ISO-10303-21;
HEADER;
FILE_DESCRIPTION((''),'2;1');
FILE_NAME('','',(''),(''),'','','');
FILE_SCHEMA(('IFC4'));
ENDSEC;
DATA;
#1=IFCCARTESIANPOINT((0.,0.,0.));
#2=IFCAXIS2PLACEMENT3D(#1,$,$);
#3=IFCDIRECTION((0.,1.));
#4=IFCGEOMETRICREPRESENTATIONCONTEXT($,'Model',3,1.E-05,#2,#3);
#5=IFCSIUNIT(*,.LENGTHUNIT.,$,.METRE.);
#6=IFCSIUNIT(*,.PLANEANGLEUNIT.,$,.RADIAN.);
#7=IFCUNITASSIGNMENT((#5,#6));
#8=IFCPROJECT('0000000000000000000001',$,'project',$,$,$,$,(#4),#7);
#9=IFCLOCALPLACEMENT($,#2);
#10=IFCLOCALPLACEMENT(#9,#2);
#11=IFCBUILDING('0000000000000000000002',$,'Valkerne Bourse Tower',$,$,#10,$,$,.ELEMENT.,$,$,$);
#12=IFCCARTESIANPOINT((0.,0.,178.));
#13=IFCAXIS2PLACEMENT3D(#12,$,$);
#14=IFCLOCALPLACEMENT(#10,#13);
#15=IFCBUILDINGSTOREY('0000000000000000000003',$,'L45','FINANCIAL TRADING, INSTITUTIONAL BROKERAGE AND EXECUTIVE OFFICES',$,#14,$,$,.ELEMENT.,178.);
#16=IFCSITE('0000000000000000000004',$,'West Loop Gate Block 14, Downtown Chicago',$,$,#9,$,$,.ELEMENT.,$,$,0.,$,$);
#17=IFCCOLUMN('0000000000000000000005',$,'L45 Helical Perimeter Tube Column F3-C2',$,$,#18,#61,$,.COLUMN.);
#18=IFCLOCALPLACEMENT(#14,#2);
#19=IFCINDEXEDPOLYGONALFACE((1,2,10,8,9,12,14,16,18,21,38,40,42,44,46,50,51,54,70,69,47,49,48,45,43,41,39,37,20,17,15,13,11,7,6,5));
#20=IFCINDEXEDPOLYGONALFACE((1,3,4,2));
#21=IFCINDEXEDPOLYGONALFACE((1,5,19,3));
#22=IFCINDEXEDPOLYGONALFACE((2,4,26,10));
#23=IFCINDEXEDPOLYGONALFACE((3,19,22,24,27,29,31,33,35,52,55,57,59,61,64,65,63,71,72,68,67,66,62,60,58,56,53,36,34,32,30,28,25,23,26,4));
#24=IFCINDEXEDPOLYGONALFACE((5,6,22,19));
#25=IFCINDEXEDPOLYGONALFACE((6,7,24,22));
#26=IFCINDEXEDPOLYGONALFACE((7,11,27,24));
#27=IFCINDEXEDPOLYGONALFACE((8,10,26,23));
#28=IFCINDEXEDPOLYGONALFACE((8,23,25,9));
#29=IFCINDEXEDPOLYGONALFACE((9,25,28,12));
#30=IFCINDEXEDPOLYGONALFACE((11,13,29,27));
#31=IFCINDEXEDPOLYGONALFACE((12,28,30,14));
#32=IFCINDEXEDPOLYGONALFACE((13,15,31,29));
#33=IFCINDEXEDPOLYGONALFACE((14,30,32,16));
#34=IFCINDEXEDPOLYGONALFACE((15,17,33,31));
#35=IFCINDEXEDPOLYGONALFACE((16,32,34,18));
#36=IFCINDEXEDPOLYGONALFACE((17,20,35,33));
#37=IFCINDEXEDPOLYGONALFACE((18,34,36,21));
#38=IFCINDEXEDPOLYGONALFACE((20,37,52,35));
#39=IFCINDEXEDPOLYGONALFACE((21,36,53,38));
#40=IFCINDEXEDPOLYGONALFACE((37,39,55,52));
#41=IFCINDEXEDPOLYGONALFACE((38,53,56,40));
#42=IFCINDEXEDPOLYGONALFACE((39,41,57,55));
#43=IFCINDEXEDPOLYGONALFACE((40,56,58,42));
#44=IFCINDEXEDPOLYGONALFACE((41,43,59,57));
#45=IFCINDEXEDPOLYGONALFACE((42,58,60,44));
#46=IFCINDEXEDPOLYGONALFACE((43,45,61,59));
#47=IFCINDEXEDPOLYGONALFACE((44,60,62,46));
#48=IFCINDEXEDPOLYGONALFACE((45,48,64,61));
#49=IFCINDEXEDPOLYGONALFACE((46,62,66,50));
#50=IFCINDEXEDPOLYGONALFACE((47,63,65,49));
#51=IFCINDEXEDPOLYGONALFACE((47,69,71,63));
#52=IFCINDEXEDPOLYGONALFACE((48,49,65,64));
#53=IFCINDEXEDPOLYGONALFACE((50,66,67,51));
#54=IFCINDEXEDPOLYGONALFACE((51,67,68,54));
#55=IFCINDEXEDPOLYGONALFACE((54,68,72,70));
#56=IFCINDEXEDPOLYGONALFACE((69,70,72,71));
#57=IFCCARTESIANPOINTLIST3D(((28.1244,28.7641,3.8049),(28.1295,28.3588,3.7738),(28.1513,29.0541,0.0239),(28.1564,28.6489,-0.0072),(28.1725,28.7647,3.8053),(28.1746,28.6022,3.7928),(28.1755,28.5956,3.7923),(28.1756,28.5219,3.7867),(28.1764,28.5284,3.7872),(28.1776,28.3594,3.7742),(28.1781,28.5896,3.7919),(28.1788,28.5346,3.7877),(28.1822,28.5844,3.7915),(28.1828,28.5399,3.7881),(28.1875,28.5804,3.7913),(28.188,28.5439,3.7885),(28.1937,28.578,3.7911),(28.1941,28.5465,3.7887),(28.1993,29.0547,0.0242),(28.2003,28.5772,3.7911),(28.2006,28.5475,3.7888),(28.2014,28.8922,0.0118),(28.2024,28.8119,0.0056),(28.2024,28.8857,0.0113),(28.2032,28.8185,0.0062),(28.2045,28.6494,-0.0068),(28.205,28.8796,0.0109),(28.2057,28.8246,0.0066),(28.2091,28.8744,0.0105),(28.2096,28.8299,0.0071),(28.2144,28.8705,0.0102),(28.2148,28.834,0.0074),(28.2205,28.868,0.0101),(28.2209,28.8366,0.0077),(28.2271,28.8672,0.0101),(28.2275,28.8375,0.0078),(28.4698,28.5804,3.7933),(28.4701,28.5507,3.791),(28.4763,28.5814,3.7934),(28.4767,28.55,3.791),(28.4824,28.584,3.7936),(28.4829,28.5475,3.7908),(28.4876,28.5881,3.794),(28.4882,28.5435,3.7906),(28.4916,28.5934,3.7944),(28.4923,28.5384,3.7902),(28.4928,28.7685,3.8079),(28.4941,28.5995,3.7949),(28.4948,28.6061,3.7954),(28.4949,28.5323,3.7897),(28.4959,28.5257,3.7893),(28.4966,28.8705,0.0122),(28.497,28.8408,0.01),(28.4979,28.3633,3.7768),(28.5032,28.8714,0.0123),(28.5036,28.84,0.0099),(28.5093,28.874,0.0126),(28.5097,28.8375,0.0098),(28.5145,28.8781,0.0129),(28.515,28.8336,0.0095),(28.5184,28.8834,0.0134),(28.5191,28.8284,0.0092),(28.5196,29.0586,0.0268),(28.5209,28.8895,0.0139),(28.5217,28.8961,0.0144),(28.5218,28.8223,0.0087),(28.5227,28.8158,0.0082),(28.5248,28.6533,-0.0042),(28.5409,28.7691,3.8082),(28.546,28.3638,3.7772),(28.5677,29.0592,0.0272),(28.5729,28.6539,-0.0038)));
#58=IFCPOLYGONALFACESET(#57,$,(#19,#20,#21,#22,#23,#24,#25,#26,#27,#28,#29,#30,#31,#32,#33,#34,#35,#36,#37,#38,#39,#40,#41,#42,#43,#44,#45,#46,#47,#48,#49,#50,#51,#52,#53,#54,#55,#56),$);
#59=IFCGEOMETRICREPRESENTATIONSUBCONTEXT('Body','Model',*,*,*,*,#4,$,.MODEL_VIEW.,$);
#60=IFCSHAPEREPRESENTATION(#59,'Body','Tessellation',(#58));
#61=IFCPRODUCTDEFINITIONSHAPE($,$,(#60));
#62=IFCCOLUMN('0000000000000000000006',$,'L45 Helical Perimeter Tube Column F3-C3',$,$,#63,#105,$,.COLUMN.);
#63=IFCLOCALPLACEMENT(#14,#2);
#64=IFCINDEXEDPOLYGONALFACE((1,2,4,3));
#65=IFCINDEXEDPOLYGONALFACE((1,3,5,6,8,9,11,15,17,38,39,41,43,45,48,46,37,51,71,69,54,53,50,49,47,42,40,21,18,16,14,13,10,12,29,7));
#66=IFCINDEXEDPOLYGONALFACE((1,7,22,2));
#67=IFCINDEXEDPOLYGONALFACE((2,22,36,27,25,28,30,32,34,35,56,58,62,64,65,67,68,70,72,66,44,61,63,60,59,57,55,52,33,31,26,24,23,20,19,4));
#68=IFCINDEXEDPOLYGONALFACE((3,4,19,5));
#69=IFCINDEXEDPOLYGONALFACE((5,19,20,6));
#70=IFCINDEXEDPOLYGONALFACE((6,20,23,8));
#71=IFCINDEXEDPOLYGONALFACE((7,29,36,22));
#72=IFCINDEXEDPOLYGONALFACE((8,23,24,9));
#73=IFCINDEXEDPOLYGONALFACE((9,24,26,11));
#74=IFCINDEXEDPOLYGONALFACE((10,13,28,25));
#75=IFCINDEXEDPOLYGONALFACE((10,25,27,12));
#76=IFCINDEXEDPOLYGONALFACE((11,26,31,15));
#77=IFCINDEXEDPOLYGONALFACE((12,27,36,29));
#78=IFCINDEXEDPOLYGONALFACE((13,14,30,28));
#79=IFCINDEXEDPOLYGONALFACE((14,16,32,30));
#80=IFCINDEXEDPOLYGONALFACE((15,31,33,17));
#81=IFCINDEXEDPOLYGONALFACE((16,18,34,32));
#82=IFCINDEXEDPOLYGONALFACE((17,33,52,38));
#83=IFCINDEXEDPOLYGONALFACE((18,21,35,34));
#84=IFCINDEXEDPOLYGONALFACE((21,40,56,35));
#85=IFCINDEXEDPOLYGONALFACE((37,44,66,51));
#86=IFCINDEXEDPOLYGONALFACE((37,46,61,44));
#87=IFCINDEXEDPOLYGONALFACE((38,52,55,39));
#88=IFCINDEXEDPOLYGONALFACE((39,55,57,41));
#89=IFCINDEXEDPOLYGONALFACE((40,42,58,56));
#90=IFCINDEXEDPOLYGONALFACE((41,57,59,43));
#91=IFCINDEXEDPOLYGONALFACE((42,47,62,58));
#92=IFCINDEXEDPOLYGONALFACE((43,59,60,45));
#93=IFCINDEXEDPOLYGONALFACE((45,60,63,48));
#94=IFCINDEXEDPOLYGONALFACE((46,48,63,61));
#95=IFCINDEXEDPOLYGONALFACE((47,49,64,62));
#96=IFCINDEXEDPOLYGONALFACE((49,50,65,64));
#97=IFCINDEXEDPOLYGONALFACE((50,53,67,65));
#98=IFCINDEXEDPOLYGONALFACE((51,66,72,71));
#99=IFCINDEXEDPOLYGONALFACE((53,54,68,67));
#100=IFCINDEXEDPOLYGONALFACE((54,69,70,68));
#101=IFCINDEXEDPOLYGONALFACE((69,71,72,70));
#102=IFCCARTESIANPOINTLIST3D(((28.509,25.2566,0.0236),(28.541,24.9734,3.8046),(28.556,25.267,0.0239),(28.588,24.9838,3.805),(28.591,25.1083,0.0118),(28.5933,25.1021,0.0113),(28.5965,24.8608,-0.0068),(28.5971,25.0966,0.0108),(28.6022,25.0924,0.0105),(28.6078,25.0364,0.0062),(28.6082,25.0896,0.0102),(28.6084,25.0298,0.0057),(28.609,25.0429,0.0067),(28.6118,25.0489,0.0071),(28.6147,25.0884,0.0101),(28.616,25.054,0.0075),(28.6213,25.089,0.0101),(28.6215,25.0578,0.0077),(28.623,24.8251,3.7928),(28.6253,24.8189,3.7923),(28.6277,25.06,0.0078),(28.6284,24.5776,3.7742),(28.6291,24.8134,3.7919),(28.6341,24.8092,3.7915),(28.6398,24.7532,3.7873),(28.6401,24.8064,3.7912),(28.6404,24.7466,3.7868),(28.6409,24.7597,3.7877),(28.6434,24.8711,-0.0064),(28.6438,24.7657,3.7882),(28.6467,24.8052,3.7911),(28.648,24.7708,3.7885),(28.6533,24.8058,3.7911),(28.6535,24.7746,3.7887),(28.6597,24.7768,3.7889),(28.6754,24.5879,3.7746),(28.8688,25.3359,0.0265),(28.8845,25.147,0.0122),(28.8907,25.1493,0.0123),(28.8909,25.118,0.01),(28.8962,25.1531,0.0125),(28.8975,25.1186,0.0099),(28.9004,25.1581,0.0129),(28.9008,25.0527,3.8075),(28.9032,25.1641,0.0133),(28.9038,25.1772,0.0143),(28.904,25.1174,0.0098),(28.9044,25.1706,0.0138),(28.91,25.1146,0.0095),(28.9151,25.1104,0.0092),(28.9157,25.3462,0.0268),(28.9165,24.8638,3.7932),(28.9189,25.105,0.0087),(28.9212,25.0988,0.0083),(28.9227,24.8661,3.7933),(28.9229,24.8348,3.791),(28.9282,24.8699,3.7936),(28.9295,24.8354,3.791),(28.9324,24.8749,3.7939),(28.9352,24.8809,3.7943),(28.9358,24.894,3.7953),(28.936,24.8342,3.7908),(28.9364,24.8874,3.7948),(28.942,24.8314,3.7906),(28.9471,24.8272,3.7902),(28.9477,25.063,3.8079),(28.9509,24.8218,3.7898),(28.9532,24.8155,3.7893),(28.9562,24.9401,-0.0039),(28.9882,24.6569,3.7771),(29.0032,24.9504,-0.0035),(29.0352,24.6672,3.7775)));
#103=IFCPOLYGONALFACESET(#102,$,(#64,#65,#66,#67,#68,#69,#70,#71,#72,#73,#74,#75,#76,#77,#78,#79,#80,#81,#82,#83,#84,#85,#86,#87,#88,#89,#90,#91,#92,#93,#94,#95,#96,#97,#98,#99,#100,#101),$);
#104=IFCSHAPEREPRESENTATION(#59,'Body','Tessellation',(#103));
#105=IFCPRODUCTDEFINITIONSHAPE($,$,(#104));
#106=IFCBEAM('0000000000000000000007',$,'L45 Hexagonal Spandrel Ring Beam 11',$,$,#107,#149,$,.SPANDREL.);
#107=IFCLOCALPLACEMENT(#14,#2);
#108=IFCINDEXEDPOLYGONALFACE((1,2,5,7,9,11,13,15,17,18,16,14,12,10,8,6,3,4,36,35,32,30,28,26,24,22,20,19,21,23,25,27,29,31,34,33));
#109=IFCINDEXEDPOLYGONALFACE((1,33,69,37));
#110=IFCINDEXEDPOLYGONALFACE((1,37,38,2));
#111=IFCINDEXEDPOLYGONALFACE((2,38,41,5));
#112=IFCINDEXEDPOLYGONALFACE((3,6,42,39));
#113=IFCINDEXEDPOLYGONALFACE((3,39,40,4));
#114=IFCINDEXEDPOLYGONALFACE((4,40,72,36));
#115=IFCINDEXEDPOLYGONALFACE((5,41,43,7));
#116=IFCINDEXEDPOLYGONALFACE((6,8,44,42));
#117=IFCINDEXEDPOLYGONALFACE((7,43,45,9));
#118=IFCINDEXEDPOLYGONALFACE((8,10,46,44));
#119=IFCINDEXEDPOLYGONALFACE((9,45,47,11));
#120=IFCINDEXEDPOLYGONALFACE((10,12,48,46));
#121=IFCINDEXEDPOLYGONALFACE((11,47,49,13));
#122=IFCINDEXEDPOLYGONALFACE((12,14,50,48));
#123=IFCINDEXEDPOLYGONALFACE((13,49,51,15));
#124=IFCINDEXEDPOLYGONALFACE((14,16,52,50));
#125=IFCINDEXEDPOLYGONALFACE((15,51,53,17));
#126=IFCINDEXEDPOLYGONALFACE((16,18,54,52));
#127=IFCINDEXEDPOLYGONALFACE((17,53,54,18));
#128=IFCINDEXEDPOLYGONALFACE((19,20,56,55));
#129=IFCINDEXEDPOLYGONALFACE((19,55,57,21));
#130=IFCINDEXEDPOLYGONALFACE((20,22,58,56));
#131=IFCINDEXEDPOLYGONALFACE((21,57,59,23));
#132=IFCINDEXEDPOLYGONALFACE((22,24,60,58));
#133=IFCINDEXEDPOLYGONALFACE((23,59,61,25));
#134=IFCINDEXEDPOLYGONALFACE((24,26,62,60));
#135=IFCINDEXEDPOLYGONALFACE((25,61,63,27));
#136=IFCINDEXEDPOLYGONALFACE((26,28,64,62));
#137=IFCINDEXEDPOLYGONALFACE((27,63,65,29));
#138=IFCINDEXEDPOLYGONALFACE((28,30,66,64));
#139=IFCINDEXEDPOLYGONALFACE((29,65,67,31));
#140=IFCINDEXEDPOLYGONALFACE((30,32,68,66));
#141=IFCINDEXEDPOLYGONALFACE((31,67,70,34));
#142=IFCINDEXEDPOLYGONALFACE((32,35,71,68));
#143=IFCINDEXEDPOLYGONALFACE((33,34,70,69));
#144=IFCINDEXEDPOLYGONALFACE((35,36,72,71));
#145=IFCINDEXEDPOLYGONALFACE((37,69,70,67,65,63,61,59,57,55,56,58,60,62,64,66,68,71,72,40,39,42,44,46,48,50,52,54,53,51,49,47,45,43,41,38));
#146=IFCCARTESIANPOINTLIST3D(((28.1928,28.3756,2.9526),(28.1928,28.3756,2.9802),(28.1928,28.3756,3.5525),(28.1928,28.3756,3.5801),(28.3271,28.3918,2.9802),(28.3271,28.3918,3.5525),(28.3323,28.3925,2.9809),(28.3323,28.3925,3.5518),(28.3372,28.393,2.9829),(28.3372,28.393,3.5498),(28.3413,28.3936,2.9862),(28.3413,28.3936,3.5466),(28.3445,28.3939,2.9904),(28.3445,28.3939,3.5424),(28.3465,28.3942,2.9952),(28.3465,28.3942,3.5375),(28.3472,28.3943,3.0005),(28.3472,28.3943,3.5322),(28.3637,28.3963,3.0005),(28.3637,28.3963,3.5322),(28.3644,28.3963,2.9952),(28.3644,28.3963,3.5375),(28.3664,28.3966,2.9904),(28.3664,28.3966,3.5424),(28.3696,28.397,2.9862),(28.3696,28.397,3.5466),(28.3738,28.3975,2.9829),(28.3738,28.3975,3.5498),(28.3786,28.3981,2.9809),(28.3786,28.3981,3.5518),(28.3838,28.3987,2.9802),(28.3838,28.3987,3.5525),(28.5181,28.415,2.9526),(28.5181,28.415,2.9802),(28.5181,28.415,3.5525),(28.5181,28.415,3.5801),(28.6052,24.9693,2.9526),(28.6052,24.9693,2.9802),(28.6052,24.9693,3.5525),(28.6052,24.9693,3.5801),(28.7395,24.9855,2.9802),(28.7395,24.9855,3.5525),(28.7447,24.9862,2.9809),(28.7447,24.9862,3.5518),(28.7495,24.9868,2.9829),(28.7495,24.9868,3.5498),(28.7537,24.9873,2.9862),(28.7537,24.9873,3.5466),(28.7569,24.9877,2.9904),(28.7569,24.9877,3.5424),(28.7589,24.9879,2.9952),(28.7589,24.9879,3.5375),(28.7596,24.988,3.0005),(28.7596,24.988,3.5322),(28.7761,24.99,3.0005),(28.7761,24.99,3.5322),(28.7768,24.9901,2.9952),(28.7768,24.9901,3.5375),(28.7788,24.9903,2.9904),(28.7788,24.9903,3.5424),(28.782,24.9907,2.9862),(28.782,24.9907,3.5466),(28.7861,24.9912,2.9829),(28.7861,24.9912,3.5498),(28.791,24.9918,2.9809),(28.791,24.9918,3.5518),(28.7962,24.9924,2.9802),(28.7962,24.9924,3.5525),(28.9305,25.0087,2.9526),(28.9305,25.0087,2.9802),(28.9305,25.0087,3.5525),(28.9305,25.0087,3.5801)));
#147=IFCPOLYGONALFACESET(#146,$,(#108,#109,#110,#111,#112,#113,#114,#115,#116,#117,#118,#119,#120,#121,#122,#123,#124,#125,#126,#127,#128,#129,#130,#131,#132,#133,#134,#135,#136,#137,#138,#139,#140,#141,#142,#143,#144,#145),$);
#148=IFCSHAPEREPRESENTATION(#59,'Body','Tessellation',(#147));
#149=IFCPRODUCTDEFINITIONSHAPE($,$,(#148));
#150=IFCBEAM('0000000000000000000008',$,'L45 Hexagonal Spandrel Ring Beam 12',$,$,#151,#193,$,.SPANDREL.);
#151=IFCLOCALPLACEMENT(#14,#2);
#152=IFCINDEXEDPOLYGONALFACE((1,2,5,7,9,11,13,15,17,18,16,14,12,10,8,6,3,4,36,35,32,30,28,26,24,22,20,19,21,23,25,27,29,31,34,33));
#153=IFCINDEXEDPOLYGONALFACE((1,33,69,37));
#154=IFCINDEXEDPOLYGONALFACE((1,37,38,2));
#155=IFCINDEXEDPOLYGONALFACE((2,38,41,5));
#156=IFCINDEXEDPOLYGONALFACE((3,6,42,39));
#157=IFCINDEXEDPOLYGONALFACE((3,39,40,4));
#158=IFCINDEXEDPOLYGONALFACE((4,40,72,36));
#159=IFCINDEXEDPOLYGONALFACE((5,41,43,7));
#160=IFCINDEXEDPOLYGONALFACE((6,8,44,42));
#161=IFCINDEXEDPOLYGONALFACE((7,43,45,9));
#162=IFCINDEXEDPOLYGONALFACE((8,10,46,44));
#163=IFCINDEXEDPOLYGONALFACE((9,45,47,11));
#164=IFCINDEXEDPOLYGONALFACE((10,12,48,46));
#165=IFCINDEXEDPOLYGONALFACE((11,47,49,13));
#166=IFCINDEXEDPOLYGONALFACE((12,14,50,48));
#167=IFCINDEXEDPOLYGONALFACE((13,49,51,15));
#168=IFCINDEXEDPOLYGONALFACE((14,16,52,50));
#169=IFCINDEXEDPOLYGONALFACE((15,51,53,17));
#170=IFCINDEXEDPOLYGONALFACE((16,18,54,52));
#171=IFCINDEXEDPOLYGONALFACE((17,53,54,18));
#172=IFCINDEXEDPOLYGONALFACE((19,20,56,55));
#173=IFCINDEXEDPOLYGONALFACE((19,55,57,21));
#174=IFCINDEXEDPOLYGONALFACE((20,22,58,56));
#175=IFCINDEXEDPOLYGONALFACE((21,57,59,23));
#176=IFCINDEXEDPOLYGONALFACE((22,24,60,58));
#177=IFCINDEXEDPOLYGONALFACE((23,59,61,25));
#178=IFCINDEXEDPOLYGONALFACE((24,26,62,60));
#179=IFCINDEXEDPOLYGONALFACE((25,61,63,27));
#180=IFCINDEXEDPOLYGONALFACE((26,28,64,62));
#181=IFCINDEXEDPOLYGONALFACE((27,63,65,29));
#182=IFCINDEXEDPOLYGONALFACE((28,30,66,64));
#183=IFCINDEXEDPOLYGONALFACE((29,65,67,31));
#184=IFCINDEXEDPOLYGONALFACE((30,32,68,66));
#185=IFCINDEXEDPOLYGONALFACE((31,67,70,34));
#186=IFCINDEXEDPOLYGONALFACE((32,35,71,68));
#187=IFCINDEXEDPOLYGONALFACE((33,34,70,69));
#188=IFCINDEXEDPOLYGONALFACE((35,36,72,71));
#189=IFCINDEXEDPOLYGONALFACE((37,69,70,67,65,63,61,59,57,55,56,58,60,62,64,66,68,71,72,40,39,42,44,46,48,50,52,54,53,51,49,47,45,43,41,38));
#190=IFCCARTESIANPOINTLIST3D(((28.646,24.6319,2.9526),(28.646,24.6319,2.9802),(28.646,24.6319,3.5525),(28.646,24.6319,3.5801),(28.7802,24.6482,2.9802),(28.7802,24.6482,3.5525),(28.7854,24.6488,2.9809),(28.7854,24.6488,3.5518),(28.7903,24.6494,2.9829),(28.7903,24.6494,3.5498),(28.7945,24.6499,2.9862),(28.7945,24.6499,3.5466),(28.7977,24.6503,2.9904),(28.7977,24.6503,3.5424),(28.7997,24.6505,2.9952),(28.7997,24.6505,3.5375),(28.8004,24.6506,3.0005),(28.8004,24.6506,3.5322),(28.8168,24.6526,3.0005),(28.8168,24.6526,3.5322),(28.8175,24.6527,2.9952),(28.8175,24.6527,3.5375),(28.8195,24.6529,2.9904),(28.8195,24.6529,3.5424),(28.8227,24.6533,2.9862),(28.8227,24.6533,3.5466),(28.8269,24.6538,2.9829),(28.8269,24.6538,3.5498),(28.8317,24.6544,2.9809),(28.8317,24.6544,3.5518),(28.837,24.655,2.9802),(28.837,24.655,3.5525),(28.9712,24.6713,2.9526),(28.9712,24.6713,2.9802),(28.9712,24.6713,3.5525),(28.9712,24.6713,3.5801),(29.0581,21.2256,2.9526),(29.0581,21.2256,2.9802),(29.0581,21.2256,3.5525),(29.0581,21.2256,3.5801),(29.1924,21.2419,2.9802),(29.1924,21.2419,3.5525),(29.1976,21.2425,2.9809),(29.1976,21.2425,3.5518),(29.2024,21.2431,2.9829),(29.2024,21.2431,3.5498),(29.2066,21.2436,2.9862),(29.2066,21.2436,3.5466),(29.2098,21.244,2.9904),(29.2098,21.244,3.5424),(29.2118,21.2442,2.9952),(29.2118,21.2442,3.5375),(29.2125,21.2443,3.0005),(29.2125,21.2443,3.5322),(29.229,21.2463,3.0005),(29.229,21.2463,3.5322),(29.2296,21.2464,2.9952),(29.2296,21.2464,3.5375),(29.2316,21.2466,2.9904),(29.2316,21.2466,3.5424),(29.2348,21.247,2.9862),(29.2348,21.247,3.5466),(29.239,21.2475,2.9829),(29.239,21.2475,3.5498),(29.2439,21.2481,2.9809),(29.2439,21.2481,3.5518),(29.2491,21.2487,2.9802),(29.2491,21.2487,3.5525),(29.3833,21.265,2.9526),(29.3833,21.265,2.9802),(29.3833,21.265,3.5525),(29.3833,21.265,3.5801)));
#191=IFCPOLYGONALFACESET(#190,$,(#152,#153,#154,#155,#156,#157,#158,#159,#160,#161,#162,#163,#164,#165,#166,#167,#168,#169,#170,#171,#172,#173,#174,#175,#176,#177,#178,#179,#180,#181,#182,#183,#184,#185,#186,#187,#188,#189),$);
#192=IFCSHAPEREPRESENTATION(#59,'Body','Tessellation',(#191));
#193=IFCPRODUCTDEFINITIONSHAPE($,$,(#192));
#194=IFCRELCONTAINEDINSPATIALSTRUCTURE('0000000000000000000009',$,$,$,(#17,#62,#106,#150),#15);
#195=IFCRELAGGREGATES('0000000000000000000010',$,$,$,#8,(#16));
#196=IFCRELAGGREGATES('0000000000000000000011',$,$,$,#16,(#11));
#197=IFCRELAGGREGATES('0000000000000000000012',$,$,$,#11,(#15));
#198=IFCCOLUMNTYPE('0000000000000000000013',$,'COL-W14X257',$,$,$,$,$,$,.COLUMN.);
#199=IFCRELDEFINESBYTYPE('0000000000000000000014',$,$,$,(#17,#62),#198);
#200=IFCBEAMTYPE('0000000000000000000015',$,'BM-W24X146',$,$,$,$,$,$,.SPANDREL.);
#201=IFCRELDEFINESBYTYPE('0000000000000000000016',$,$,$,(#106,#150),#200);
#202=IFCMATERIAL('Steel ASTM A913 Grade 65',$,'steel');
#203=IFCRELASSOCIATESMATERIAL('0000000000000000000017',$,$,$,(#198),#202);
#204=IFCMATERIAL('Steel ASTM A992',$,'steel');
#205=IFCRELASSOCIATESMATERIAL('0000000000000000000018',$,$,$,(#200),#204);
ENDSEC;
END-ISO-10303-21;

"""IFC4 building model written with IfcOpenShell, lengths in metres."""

from ifc_helpers import new_model, si_unit, direction, frame, origin, origin_2d, place, context, subcontext, project, spatial, i_section, extrude, material, material_profile, profile_set, type_object, element, save


model = new_model("IFC4")

# Units and contexts
model_context = context("Model", 3, precision=1e-05, world=origin(), true_north=direction((0.0, 1.0)))
body_context = subcontext(model_context, "Body", "Model", "MODEL_VIEW")
ifc_project = project(units=[si_unit("LENGTHUNIT", "METRE"), si_unit("PLANEANGLEUNIT", "RADIAN")], contexts=[model_context])

# Site, building, storey
site_placement = place(None, origin())
site = spatial("IfcSite", under=ifc_project, at=site_placement, Name="West Loop Gate Block 14, Downtown Chicago", CompositionType="ELEMENT", RefElevation=0.0)
building_placement = place(site_placement, origin())
building = spatial("IfcBuilding", under=site, at=building_placement, Name="Valkerne Bourse Tower", CompositionType="ELEMENT")
storey_placement = place(building_placement, frame((0.0, 0.0, 178.0)))
storey = spatial("IfcBuildingStorey", under=building, at=storey_placement, Name="L45", Description="FINANCIAL TRADING, INSTITUTIONAL BROKERAGE AND EXECUTIVE OFFICES", CompositionType="ELEMENT", Elevation=178.0)

# Columns
ifc_material_1 = material(Name="Steel ASTM A913 Grade 65", Category="steel")
ifc_material_profile_1 = material_profile(ifc_material_1, i_section(OverallWidth=0.4065, OverallDepth=0.4165, WebThickness=0.0298, FlangeThickness=0.0481, FilletRadius=0.0254, at=origin_2d()), Name="W14X257")
ifc_profile_set_1 = profile_set([ifc_material_profile_1], Name="Steel ASTM A913 Grade 65")
column_type = type_object("IfcColumnType", Name="COL-W14X257", PredefinedType="COLUMN", material=ifc_profile_set_1)
column_1_placement = place(storey_placement, frame((28.3621, 28.854, 0.01), z_axis=(-0.007082, -0.076483, 0.997046), x_axis=(0.012661, -0.996998, -0.076389)))
element("IfcColumn", 1, at=column_1_placement, inside=storey, type_object=column_type, Name="L45 Helical Perimeter Tube Column F3-C2", PredefinedType="COLUMN", context=body_context, shape_type="SweptSolid", body=[
    extrude(i_section(OverallWidth=0.4065, OverallDepth=0.4165, WebThickness=0.0298, FlangeThickness=0.0481, FilletRadius=0.0254, at=origin_2d()), origin(), (0.0, 0.0, 1.0), 3.7922),
])
column_2_placement = place(storey_placement, frame((28.7561, 25.1035, 0.01), z_axis=(0.008435, -0.07469, 0.997171), x_axis=(0.215155, -0.973715, -0.074753)))
element("IfcColumn", 2, at=column_2_placement, inside=storey, type_object=column_type, Name="L45 Helical Perimeter Tube Column F3-C3", PredefinedType="COLUMN", context=body_context, shape_type="SweptSolid", body=[
    extrude(i_section(OverallWidth=0.4065, OverallDepth=0.4165, WebThickness=0.0298, FlangeThickness=0.0481, FilletRadius=0.0254, at=origin_2d()), origin(), (0.0, 0.0, 1.0), 3.7917),
])

# Beams
ifc_material_2 = material(Name="Steel ASTM A992", Category="steel")
ifc_material_profile_2 = material_profile(ifc_material_2, i_section(OverallWidth=0.3276, OverallDepth=0.6274, WebThickness=0.0166, FlangeThickness=0.0276, FilletRadius=0.0203, at=origin_2d()), Name="W24X146")
ifc_profile_set_2 = profile_set([ifc_material_profile_2], Name="Steel ASTM A992")
beam_type = type_object("IfcBeamType", Name="BM-W24X146", PredefinedType="SPANDREL", material=ifc_profile_set_2)
for number, where, z_axis, x_axis, name in (
    (3, (28.3555, 28.3953, 3.2664), (0.12018, -0.992752, 0.0), (0.992752, 0.12018, 0.0), "L45 Hexagonal Spandrel Ring Beam 11"),
    (4, (28.8086, 24.6516, 3.2664), (0.12011, -0.992761, 0.0), (0.992761, 0.12011, 0.0), "L45 Hexagonal Spandrel Ring Beam 12"),
):
    element("IfcBeam", number, at=place(storey_placement, frame(where, z_axis=z_axis, x_axis=x_axis)), inside=storey, type_object=beam_type, Name=name, PredefinedType="SPANDREL", context=body_context, shape_type="SweptSolid", body=[
        extrude(i_section(OverallWidth=0.3276, OverallDepth=0.6274, WebThickness=0.0166, FlangeThickness=0.0276, FilletRadius=0.0203, at=origin_2d()), origin(), (0.0, 0.0, 1.0), 3.4312),
    ])

save(model, "model.ifc")
